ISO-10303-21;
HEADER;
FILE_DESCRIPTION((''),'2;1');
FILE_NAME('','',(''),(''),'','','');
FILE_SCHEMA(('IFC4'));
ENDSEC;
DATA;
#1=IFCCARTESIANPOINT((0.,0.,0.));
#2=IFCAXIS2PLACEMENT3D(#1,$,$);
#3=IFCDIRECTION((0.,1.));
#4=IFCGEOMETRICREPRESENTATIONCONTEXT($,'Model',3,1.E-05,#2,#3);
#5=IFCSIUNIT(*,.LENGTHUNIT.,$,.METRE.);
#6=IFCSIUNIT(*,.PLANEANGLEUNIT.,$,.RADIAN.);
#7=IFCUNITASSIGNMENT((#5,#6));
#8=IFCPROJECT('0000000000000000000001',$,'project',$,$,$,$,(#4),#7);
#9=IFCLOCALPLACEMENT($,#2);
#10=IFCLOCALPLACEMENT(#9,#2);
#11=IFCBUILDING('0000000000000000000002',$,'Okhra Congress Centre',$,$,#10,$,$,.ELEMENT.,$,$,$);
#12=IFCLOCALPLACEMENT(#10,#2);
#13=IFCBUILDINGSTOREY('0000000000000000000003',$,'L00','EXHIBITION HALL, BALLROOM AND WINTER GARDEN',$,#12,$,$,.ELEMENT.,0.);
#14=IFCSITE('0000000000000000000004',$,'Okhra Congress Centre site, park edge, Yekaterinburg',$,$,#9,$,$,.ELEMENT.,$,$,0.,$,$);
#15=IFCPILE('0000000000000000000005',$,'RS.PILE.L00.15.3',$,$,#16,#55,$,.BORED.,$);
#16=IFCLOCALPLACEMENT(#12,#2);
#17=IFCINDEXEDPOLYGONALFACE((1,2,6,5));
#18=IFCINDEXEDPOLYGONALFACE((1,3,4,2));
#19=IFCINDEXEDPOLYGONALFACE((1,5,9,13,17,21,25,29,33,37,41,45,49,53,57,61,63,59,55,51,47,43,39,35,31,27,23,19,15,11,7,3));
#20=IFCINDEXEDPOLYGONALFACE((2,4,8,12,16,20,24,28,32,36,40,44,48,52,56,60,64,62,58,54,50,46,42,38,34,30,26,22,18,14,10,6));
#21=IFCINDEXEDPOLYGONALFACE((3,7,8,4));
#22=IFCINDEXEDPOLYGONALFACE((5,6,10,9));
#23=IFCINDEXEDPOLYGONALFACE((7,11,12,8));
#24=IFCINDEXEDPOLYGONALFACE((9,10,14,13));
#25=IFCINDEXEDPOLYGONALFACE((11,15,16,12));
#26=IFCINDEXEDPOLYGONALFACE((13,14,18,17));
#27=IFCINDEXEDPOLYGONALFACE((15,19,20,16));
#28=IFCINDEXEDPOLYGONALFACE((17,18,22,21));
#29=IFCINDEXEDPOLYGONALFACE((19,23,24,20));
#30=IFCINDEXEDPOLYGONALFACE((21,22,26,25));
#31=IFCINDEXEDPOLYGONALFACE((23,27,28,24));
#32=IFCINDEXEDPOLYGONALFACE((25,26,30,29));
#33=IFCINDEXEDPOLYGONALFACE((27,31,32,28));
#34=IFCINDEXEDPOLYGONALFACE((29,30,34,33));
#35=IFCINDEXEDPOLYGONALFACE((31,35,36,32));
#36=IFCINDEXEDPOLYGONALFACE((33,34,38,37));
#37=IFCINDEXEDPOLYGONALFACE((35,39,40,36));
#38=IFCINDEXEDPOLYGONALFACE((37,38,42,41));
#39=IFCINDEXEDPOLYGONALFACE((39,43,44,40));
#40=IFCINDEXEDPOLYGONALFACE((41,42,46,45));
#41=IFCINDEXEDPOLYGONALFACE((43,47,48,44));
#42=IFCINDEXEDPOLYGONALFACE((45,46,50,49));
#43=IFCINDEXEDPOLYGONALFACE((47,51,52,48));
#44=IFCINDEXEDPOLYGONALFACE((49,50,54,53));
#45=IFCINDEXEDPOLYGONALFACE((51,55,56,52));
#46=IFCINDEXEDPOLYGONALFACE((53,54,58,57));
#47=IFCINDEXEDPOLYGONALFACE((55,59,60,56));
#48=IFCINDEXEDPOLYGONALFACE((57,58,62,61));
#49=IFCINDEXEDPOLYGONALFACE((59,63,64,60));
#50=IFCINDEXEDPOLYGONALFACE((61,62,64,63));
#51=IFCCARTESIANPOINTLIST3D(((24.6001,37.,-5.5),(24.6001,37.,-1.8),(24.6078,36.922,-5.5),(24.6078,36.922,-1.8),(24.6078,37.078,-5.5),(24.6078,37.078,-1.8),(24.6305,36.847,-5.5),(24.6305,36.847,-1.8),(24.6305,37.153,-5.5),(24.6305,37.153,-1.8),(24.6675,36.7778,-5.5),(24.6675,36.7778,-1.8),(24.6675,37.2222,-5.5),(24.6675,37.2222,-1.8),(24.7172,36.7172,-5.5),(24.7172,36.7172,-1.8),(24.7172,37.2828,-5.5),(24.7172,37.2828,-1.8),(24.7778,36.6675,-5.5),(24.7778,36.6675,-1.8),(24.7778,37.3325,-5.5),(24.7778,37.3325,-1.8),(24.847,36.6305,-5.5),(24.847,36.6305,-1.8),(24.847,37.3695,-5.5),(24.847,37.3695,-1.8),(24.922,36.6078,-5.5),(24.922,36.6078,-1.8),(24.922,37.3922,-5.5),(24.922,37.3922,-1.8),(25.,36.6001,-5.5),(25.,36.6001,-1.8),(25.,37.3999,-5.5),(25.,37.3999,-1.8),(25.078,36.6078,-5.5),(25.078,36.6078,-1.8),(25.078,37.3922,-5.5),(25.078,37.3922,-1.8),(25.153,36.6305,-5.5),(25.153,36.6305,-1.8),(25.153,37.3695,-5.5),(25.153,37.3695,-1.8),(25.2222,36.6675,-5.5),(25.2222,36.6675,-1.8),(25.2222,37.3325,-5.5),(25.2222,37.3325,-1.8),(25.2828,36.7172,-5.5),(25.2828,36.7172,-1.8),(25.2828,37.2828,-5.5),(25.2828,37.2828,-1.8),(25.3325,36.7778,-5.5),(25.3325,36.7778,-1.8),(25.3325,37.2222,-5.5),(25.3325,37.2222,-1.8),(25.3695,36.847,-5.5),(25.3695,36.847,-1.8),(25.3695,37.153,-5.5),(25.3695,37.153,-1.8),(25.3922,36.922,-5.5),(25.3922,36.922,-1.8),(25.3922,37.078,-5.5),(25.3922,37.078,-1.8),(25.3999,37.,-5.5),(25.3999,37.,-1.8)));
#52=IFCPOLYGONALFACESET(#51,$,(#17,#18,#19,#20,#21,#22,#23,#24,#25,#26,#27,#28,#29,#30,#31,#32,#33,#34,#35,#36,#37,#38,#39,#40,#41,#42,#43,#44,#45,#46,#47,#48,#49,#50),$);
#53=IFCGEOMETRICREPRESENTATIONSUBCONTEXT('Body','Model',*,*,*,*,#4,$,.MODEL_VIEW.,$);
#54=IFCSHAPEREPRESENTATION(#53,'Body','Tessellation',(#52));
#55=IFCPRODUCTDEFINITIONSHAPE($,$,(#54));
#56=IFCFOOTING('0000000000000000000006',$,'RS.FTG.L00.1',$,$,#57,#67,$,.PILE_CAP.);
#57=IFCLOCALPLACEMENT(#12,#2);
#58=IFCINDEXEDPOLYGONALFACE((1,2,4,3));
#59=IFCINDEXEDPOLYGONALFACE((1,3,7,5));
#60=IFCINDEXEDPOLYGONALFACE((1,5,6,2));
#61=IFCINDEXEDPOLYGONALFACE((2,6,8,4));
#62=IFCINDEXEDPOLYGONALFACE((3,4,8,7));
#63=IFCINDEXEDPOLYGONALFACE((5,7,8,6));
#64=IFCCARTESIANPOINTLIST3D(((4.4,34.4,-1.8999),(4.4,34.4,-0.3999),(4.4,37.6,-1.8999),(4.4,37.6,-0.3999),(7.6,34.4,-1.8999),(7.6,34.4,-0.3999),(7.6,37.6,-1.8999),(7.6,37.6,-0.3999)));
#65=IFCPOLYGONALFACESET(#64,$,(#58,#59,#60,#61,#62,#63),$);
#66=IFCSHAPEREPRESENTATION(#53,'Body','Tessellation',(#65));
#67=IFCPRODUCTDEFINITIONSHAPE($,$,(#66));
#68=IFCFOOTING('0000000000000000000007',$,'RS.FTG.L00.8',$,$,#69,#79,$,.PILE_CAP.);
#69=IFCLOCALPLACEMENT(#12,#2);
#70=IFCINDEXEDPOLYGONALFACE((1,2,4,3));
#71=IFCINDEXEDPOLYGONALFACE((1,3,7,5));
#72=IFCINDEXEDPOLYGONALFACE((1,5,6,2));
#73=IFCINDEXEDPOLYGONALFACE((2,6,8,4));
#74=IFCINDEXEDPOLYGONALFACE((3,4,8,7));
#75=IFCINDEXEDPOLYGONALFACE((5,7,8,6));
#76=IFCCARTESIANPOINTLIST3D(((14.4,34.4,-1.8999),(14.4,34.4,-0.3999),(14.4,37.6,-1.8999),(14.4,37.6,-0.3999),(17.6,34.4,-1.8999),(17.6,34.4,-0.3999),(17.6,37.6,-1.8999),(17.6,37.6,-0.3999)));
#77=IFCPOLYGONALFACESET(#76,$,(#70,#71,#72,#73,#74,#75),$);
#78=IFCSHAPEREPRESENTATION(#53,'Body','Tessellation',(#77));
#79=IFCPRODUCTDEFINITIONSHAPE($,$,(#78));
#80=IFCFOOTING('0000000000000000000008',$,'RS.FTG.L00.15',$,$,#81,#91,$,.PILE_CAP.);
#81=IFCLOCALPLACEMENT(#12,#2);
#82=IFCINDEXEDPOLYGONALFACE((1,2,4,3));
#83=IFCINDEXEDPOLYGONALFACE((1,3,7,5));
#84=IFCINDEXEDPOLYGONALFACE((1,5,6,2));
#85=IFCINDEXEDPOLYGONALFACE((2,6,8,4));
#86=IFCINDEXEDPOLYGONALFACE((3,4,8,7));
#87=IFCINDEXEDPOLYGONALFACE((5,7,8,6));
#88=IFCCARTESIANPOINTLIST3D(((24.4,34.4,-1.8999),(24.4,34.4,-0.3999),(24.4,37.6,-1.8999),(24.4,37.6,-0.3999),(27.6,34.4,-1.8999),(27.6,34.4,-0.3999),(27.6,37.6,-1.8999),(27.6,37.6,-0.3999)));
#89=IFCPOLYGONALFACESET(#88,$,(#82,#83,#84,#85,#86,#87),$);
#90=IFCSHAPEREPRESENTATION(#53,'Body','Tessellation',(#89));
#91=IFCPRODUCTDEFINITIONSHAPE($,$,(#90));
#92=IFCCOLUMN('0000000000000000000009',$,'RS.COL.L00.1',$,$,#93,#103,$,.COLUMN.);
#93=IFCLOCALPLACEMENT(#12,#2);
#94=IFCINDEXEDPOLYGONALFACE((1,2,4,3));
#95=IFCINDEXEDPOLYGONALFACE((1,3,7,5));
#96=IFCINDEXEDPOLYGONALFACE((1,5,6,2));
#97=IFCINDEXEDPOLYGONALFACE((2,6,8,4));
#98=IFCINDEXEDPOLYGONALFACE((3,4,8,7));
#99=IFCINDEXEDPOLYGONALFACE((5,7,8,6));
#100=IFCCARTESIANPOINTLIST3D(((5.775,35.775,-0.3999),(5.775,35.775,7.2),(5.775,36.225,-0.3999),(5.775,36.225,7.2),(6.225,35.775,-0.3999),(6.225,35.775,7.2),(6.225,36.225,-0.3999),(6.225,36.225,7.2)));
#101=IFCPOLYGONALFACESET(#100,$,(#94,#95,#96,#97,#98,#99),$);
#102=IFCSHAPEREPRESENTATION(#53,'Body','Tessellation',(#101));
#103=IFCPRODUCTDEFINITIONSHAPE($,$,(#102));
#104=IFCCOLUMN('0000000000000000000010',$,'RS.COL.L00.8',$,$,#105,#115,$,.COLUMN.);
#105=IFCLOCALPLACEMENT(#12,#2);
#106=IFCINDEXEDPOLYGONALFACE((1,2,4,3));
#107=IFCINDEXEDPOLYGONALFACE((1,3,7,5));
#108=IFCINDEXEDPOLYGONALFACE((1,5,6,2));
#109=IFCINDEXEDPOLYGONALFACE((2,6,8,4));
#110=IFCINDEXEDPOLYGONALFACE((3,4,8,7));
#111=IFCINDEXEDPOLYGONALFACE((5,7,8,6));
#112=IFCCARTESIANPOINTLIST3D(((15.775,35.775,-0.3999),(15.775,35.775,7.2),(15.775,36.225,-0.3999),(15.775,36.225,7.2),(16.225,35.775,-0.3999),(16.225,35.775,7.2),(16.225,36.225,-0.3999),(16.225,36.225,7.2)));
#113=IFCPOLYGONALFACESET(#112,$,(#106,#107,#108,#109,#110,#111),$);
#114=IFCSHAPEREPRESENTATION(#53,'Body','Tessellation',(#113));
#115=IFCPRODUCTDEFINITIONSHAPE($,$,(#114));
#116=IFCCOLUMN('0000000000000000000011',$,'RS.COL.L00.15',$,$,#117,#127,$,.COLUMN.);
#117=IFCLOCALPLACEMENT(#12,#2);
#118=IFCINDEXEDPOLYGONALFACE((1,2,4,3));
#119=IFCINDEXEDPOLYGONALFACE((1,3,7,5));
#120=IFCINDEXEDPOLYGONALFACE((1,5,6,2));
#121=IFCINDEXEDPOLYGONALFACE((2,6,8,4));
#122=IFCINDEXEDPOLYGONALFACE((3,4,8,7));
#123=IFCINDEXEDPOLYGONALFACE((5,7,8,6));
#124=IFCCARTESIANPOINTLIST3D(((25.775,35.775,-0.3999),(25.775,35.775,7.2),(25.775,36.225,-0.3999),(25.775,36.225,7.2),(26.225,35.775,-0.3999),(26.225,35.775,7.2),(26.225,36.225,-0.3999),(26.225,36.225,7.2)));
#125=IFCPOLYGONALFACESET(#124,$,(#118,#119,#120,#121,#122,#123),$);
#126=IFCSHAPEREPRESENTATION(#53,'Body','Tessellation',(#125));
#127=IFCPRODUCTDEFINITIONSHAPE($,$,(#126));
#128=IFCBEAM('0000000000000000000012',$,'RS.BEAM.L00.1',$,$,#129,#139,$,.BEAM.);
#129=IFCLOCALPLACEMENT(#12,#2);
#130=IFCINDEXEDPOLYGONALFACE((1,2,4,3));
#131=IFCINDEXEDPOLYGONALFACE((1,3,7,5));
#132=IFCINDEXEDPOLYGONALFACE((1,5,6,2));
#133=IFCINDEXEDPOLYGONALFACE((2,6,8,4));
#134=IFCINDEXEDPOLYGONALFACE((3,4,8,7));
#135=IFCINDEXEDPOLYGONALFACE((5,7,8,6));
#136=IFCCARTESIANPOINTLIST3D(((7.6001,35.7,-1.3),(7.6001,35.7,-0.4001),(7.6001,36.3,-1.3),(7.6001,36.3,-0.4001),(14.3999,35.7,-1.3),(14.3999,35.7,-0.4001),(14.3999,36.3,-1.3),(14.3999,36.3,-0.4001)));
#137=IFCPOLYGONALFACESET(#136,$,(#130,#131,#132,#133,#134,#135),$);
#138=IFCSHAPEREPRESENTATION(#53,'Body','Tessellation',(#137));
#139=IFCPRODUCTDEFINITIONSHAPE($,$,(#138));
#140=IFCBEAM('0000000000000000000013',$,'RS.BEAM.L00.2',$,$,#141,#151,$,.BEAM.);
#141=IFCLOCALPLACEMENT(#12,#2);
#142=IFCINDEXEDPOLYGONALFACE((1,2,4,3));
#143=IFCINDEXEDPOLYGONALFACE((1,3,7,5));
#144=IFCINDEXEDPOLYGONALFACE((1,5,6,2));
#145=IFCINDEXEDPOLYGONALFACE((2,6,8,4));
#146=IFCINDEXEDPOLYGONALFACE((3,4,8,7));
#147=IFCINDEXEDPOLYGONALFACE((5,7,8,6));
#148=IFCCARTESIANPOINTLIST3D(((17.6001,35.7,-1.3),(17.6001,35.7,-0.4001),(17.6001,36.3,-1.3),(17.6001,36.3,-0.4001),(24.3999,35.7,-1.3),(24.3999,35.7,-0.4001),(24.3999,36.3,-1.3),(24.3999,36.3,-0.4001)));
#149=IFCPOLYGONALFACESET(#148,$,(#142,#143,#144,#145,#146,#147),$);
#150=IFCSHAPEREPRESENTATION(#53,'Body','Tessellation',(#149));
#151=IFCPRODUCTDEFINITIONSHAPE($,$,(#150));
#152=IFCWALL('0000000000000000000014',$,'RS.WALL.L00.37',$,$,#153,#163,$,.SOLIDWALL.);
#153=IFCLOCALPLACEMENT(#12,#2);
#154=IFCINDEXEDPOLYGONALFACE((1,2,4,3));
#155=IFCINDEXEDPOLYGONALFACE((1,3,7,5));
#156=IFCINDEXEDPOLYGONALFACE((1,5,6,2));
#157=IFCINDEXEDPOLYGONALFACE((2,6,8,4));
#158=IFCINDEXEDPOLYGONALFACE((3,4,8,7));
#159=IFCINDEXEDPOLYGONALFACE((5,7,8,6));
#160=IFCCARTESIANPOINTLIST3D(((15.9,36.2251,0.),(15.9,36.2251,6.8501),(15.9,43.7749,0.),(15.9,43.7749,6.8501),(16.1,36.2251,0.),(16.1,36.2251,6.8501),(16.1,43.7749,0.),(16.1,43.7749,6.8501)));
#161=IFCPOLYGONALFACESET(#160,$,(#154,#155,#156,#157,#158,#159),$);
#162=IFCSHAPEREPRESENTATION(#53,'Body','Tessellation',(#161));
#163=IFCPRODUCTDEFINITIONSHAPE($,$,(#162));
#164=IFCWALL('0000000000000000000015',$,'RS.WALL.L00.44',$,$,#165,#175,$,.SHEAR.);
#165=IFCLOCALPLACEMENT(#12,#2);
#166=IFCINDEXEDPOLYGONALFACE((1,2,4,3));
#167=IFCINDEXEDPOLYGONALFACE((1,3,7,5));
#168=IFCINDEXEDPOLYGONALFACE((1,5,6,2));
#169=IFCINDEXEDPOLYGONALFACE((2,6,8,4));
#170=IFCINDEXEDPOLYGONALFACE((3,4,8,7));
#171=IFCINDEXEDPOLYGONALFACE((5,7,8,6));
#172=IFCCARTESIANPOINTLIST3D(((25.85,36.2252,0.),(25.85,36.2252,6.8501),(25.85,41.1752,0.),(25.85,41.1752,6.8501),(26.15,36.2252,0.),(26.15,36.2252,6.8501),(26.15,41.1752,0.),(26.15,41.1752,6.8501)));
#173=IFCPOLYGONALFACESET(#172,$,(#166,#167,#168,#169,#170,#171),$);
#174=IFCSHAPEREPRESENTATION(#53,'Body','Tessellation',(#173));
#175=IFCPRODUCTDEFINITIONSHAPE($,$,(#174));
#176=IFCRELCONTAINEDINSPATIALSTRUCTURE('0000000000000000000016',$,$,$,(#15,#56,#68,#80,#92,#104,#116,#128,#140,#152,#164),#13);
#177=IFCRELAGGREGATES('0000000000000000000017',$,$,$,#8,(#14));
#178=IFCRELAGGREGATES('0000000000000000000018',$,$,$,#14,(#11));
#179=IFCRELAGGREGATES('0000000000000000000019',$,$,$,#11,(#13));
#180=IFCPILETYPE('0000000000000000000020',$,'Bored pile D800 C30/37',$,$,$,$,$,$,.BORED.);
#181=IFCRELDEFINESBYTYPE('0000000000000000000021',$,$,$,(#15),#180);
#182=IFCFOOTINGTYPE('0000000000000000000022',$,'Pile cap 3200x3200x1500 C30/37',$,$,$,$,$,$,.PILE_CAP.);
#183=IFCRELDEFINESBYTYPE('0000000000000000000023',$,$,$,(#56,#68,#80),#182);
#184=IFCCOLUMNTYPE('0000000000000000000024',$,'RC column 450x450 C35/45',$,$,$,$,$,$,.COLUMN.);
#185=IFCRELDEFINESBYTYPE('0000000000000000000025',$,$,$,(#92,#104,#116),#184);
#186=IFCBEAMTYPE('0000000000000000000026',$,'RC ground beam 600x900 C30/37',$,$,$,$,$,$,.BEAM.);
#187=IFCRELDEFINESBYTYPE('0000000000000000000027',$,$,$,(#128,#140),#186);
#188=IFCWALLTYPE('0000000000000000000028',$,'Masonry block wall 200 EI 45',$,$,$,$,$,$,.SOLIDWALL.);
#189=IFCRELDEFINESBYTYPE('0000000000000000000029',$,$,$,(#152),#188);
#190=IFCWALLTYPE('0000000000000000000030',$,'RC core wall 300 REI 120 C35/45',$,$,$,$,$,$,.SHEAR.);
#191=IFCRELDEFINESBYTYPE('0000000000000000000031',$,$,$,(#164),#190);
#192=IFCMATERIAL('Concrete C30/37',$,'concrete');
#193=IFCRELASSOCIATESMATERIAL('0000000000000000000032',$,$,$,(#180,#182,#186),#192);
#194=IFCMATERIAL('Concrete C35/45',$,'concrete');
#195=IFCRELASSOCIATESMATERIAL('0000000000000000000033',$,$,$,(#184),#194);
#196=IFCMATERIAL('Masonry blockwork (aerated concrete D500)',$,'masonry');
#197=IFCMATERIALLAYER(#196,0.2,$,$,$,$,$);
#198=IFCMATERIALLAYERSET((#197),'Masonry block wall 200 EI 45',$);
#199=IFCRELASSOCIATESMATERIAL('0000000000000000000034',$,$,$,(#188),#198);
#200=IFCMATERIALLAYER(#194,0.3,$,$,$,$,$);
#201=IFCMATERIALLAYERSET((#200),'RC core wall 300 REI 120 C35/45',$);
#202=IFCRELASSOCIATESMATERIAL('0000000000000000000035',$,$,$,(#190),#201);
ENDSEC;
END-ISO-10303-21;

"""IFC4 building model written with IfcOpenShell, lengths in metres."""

from ifc_helpers import new_model, si_unit, direction, frame, frame_2d, origin, origin_2d, place, context, subcontext, project, spatial, rectangle, circle, extrude, material, layer, layer_set, material_profile, profile_set, type_object, element, save


model = new_model("IFC4")

# Units and contexts
model_context = context("Model", 3, precision=1e-05, world=origin(), true_north=direction((0.0, 1.0)))
body_context = subcontext(model_context, "Body", "Model", "MODEL_VIEW")
ifc_project = project(units=[si_unit("LENGTHUNIT", "METRE"), si_unit("PLANEANGLEUNIT", "RADIAN")], contexts=[model_context])

# Site, building, storey
site_placement = place(None, origin())
site = spatial("IfcSite", under=ifc_project, at=site_placement, Name="Okhra Congress Centre site, park edge, Yekaterinburg", CompositionType="ELEMENT", RefElevation=0.0)
building_placement = place(site_placement, origin())
building = spatial("IfcBuilding", under=site, at=building_placement, Name="Okhra Congress Centre", CompositionType="ELEMENT")
storey_placement = place(building_placement, origin())
storey = spatial("IfcBuildingStorey", under=building, at=storey_placement, Name="L00", Description="EXHIBITION HALL, BALLROOM AND WINTER GARDEN", CompositionType="ELEMENT", Elevation=0.0)

# Pile
ifc_material_1 = material(Name="Concrete C30/37", Category="concrete")
ifc_material_profile_1 = material_profile(ifc_material_1, circle(Radius=0.3999, at=origin_2d()), Name="D800")
ifc_profile_set_1 = profile_set([ifc_material_profile_1], Name="Concrete C30/37")
pile_type = type_object("IfcPileType", Name="Bored pile D800 C30/37", PredefinedType="BORED", material=ifc_profile_set_1)
for number, where, z_axis, x_axis, name in (
    (1, (25.0, 37.0, -1.8), (0.0, 0.0, -1.0), (1.0, 0.0, 0.0), "RS.PILE.L00.15.3"),
):
    element("IfcPile", number, at=place(storey_placement, frame(where, z_axis=z_axis, x_axis=x_axis)), inside=storey, type_object=pile_type, Name=name, PredefinedType="BORED", context=body_context, shape_type="SweptSolid", body=[
        extrude(circle(Radius=0.3999, at=origin_2d()), origin(), (0.0, 0.0, 1.0), 3.7),
    ])

# Footings
footing_type = type_object("IfcFootingType", Name="Pile cap 3200x3200x1500 C30/37", PredefinedType="PILE_CAP", material=ifc_material_1)
for number, where, z_axis, x_axis, name in (
    (2, (6.0, 36.0, -1.8999), (0.0, 0.0, 1.0), (1.0, 0.0, 0.0), "RS.FTG.L00.1"),
    (3, (16.0, 36.0, -1.8999), (0.0, 0.0, 1.0), (1.0, 0.0, 0.0), "RS.FTG.L00.8"),
    (4, (26.0, 36.0, -1.8999), (0.0, 0.0, 1.0), (1.0, 0.0, 0.0), "RS.FTG.L00.15"),
):
    element("IfcFooting", number, at=place(storey_placement, frame(where, z_axis=z_axis, x_axis=x_axis)), inside=storey, type_object=footing_type, Name=name, PredefinedType="PILE_CAP", context=body_context, shape_type="SweptSolid", body=[
        extrude(rectangle(XDim=3.2, YDim=3.2, at=origin_2d()), origin(), (0.0, 0.0, 1.0), 1.5),
    ])

# Columns
ifc_material_2 = material(Name="Concrete C35/45", Category="concrete")
ifc_material_profile_2 = material_profile(ifc_material_2, rectangle(XDim=0.45, YDim=0.45, at=origin_2d()), Name="RC 450x450")
ifc_profile_set_2 = profile_set([ifc_material_profile_2], Name="Concrete C35/45")
column_type = type_object("IfcColumnType", Name="RC column 450x450 C35/45", PredefinedType="COLUMN", material=ifc_profile_set_2)
for number, where, z_axis, x_axis, name in (
    (5, (6.0, 36.0, -0.3999), (0.0, 0.0, 1.0), (1.0, 0.0, 0.0), "RS.COL.L00.1"),
    (6, (16.0, 36.0, -0.3999), (0.0, 0.0, 1.0), (1.0, 0.0, 0.0), "RS.COL.L00.8"),
    (7, (26.0, 36.0, -0.3999), (0.0, 0.0, 1.0), (1.0, 0.0, 0.0), "RS.COL.L00.15"),
):
    element("IfcColumn", number, at=place(storey_placement, frame(where, z_axis=z_axis, x_axis=x_axis)), inside=storey, type_object=column_type, Name=name, PredefinedType="COLUMN", context=body_context, shape_type="SweptSolid", body=[
        extrude(rectangle(XDim=0.45, YDim=0.45, at=origin_2d()), origin(), (0.0, 0.0, 1.0), 7.5999),
    ])

# Beams
ifc_material_profile_3 = material_profile(ifc_material_1, rectangle(XDim=0.6001, YDim=0.8999, at=origin_2d()), Name="RC 600x900")
ifc_profile_set_3 = profile_set([ifc_material_profile_3], Name="Concrete C30/37")
beam_type = type_object("IfcBeamType", Name="RC ground beam 600x900 C30/37", PredefinedType="BEAM", material=ifc_profile_set_3)
for number, where, z_axis, x_axis, name in (
    (8, (7.6001, 36.0, -0.8501), (1.0, 0.0, 0.0), (0.0, 1.0, 0.0), "RS.BEAM.L00.1"),
    (9, (17.6001, 36.0, -0.8501), (1.0, 0.0, 0.0), (0.0, 1.0, 0.0), "RS.BEAM.L00.2"),
):
    element("IfcBeam", number, at=place(storey_placement, frame(where, z_axis=z_axis, x_axis=x_axis)), inside=storey, type_object=beam_type, Name=name, PredefinedType="BEAM", context=body_context, shape_type="SweptSolid", body=[
        extrude(rectangle(XDim=0.6001, YDim=0.8999, at=origin_2d()), origin(), (0.0, 0.0, 1.0), 6.7998),
    ])

# Walls
ifc_material_3 = material(Name="Masonry blockwork (aerated concrete D500)", Category="masonry")
ifc_layer_1 = layer(ifc_material_3, 0.2)
ifc_layer_set_1 = layer_set([ifc_layer_1], Name="Masonry block wall 200 EI 45")
wall_type_1 = type_object("IfcWallType", Name="Masonry block wall 200 EI 45", PredefinedType="SOLIDWALL", material=ifc_layer_set_1)
wall_1_placement = place(storey_placement, frame((16.0, 36.2251, 0.0), z_axis=(0.0, 0.0, 1.0), x_axis=(0.0, 1.0, 0.0)))
element("IfcWall", 10, at=wall_1_placement, inside=storey, type_object=wall_type_1, Name="RS.WALL.L00.37", PredefinedType="SOLIDWALL", context=body_context, shape_type="SweptSolid", body=[
    extrude(rectangle(XDim=7.5498, YDim=0.2, at=frame_2d((3.7749, 0.0))), origin(), (0.0, 0.0, 1.0), 6.8501),
])
ifc_layer_2 = layer(ifc_material_2, 0.3)
ifc_layer_set_2 = layer_set([ifc_layer_2], Name="RC core wall 300 REI 120 C35/45")
wall_type_2 = type_object("IfcWallType", Name="RC core wall 300 REI 120 C35/45", PredefinedType="SHEAR", material=ifc_layer_set_2)
wall_2_placement = place(storey_placement, frame((26.0, 36.2251, 0.0), z_axis=(0.0, 0.0, 1.0), x_axis=(0.0, 1.0, 0.0)))
element("IfcWall", 11, at=wall_2_placement, inside=storey, type_object=wall_type_2, Name="RS.WALL.L00.44", PredefinedType="SHEAR", context=body_context, shape_type="SweptSolid", body=[
    extrude(rectangle(XDim=4.95, YDim=0.3, at=frame_2d((2.4751, 0.0))), origin(), (0.0, 0.0, 1.0), 6.8501),
])

save(model, "model.ifc")
